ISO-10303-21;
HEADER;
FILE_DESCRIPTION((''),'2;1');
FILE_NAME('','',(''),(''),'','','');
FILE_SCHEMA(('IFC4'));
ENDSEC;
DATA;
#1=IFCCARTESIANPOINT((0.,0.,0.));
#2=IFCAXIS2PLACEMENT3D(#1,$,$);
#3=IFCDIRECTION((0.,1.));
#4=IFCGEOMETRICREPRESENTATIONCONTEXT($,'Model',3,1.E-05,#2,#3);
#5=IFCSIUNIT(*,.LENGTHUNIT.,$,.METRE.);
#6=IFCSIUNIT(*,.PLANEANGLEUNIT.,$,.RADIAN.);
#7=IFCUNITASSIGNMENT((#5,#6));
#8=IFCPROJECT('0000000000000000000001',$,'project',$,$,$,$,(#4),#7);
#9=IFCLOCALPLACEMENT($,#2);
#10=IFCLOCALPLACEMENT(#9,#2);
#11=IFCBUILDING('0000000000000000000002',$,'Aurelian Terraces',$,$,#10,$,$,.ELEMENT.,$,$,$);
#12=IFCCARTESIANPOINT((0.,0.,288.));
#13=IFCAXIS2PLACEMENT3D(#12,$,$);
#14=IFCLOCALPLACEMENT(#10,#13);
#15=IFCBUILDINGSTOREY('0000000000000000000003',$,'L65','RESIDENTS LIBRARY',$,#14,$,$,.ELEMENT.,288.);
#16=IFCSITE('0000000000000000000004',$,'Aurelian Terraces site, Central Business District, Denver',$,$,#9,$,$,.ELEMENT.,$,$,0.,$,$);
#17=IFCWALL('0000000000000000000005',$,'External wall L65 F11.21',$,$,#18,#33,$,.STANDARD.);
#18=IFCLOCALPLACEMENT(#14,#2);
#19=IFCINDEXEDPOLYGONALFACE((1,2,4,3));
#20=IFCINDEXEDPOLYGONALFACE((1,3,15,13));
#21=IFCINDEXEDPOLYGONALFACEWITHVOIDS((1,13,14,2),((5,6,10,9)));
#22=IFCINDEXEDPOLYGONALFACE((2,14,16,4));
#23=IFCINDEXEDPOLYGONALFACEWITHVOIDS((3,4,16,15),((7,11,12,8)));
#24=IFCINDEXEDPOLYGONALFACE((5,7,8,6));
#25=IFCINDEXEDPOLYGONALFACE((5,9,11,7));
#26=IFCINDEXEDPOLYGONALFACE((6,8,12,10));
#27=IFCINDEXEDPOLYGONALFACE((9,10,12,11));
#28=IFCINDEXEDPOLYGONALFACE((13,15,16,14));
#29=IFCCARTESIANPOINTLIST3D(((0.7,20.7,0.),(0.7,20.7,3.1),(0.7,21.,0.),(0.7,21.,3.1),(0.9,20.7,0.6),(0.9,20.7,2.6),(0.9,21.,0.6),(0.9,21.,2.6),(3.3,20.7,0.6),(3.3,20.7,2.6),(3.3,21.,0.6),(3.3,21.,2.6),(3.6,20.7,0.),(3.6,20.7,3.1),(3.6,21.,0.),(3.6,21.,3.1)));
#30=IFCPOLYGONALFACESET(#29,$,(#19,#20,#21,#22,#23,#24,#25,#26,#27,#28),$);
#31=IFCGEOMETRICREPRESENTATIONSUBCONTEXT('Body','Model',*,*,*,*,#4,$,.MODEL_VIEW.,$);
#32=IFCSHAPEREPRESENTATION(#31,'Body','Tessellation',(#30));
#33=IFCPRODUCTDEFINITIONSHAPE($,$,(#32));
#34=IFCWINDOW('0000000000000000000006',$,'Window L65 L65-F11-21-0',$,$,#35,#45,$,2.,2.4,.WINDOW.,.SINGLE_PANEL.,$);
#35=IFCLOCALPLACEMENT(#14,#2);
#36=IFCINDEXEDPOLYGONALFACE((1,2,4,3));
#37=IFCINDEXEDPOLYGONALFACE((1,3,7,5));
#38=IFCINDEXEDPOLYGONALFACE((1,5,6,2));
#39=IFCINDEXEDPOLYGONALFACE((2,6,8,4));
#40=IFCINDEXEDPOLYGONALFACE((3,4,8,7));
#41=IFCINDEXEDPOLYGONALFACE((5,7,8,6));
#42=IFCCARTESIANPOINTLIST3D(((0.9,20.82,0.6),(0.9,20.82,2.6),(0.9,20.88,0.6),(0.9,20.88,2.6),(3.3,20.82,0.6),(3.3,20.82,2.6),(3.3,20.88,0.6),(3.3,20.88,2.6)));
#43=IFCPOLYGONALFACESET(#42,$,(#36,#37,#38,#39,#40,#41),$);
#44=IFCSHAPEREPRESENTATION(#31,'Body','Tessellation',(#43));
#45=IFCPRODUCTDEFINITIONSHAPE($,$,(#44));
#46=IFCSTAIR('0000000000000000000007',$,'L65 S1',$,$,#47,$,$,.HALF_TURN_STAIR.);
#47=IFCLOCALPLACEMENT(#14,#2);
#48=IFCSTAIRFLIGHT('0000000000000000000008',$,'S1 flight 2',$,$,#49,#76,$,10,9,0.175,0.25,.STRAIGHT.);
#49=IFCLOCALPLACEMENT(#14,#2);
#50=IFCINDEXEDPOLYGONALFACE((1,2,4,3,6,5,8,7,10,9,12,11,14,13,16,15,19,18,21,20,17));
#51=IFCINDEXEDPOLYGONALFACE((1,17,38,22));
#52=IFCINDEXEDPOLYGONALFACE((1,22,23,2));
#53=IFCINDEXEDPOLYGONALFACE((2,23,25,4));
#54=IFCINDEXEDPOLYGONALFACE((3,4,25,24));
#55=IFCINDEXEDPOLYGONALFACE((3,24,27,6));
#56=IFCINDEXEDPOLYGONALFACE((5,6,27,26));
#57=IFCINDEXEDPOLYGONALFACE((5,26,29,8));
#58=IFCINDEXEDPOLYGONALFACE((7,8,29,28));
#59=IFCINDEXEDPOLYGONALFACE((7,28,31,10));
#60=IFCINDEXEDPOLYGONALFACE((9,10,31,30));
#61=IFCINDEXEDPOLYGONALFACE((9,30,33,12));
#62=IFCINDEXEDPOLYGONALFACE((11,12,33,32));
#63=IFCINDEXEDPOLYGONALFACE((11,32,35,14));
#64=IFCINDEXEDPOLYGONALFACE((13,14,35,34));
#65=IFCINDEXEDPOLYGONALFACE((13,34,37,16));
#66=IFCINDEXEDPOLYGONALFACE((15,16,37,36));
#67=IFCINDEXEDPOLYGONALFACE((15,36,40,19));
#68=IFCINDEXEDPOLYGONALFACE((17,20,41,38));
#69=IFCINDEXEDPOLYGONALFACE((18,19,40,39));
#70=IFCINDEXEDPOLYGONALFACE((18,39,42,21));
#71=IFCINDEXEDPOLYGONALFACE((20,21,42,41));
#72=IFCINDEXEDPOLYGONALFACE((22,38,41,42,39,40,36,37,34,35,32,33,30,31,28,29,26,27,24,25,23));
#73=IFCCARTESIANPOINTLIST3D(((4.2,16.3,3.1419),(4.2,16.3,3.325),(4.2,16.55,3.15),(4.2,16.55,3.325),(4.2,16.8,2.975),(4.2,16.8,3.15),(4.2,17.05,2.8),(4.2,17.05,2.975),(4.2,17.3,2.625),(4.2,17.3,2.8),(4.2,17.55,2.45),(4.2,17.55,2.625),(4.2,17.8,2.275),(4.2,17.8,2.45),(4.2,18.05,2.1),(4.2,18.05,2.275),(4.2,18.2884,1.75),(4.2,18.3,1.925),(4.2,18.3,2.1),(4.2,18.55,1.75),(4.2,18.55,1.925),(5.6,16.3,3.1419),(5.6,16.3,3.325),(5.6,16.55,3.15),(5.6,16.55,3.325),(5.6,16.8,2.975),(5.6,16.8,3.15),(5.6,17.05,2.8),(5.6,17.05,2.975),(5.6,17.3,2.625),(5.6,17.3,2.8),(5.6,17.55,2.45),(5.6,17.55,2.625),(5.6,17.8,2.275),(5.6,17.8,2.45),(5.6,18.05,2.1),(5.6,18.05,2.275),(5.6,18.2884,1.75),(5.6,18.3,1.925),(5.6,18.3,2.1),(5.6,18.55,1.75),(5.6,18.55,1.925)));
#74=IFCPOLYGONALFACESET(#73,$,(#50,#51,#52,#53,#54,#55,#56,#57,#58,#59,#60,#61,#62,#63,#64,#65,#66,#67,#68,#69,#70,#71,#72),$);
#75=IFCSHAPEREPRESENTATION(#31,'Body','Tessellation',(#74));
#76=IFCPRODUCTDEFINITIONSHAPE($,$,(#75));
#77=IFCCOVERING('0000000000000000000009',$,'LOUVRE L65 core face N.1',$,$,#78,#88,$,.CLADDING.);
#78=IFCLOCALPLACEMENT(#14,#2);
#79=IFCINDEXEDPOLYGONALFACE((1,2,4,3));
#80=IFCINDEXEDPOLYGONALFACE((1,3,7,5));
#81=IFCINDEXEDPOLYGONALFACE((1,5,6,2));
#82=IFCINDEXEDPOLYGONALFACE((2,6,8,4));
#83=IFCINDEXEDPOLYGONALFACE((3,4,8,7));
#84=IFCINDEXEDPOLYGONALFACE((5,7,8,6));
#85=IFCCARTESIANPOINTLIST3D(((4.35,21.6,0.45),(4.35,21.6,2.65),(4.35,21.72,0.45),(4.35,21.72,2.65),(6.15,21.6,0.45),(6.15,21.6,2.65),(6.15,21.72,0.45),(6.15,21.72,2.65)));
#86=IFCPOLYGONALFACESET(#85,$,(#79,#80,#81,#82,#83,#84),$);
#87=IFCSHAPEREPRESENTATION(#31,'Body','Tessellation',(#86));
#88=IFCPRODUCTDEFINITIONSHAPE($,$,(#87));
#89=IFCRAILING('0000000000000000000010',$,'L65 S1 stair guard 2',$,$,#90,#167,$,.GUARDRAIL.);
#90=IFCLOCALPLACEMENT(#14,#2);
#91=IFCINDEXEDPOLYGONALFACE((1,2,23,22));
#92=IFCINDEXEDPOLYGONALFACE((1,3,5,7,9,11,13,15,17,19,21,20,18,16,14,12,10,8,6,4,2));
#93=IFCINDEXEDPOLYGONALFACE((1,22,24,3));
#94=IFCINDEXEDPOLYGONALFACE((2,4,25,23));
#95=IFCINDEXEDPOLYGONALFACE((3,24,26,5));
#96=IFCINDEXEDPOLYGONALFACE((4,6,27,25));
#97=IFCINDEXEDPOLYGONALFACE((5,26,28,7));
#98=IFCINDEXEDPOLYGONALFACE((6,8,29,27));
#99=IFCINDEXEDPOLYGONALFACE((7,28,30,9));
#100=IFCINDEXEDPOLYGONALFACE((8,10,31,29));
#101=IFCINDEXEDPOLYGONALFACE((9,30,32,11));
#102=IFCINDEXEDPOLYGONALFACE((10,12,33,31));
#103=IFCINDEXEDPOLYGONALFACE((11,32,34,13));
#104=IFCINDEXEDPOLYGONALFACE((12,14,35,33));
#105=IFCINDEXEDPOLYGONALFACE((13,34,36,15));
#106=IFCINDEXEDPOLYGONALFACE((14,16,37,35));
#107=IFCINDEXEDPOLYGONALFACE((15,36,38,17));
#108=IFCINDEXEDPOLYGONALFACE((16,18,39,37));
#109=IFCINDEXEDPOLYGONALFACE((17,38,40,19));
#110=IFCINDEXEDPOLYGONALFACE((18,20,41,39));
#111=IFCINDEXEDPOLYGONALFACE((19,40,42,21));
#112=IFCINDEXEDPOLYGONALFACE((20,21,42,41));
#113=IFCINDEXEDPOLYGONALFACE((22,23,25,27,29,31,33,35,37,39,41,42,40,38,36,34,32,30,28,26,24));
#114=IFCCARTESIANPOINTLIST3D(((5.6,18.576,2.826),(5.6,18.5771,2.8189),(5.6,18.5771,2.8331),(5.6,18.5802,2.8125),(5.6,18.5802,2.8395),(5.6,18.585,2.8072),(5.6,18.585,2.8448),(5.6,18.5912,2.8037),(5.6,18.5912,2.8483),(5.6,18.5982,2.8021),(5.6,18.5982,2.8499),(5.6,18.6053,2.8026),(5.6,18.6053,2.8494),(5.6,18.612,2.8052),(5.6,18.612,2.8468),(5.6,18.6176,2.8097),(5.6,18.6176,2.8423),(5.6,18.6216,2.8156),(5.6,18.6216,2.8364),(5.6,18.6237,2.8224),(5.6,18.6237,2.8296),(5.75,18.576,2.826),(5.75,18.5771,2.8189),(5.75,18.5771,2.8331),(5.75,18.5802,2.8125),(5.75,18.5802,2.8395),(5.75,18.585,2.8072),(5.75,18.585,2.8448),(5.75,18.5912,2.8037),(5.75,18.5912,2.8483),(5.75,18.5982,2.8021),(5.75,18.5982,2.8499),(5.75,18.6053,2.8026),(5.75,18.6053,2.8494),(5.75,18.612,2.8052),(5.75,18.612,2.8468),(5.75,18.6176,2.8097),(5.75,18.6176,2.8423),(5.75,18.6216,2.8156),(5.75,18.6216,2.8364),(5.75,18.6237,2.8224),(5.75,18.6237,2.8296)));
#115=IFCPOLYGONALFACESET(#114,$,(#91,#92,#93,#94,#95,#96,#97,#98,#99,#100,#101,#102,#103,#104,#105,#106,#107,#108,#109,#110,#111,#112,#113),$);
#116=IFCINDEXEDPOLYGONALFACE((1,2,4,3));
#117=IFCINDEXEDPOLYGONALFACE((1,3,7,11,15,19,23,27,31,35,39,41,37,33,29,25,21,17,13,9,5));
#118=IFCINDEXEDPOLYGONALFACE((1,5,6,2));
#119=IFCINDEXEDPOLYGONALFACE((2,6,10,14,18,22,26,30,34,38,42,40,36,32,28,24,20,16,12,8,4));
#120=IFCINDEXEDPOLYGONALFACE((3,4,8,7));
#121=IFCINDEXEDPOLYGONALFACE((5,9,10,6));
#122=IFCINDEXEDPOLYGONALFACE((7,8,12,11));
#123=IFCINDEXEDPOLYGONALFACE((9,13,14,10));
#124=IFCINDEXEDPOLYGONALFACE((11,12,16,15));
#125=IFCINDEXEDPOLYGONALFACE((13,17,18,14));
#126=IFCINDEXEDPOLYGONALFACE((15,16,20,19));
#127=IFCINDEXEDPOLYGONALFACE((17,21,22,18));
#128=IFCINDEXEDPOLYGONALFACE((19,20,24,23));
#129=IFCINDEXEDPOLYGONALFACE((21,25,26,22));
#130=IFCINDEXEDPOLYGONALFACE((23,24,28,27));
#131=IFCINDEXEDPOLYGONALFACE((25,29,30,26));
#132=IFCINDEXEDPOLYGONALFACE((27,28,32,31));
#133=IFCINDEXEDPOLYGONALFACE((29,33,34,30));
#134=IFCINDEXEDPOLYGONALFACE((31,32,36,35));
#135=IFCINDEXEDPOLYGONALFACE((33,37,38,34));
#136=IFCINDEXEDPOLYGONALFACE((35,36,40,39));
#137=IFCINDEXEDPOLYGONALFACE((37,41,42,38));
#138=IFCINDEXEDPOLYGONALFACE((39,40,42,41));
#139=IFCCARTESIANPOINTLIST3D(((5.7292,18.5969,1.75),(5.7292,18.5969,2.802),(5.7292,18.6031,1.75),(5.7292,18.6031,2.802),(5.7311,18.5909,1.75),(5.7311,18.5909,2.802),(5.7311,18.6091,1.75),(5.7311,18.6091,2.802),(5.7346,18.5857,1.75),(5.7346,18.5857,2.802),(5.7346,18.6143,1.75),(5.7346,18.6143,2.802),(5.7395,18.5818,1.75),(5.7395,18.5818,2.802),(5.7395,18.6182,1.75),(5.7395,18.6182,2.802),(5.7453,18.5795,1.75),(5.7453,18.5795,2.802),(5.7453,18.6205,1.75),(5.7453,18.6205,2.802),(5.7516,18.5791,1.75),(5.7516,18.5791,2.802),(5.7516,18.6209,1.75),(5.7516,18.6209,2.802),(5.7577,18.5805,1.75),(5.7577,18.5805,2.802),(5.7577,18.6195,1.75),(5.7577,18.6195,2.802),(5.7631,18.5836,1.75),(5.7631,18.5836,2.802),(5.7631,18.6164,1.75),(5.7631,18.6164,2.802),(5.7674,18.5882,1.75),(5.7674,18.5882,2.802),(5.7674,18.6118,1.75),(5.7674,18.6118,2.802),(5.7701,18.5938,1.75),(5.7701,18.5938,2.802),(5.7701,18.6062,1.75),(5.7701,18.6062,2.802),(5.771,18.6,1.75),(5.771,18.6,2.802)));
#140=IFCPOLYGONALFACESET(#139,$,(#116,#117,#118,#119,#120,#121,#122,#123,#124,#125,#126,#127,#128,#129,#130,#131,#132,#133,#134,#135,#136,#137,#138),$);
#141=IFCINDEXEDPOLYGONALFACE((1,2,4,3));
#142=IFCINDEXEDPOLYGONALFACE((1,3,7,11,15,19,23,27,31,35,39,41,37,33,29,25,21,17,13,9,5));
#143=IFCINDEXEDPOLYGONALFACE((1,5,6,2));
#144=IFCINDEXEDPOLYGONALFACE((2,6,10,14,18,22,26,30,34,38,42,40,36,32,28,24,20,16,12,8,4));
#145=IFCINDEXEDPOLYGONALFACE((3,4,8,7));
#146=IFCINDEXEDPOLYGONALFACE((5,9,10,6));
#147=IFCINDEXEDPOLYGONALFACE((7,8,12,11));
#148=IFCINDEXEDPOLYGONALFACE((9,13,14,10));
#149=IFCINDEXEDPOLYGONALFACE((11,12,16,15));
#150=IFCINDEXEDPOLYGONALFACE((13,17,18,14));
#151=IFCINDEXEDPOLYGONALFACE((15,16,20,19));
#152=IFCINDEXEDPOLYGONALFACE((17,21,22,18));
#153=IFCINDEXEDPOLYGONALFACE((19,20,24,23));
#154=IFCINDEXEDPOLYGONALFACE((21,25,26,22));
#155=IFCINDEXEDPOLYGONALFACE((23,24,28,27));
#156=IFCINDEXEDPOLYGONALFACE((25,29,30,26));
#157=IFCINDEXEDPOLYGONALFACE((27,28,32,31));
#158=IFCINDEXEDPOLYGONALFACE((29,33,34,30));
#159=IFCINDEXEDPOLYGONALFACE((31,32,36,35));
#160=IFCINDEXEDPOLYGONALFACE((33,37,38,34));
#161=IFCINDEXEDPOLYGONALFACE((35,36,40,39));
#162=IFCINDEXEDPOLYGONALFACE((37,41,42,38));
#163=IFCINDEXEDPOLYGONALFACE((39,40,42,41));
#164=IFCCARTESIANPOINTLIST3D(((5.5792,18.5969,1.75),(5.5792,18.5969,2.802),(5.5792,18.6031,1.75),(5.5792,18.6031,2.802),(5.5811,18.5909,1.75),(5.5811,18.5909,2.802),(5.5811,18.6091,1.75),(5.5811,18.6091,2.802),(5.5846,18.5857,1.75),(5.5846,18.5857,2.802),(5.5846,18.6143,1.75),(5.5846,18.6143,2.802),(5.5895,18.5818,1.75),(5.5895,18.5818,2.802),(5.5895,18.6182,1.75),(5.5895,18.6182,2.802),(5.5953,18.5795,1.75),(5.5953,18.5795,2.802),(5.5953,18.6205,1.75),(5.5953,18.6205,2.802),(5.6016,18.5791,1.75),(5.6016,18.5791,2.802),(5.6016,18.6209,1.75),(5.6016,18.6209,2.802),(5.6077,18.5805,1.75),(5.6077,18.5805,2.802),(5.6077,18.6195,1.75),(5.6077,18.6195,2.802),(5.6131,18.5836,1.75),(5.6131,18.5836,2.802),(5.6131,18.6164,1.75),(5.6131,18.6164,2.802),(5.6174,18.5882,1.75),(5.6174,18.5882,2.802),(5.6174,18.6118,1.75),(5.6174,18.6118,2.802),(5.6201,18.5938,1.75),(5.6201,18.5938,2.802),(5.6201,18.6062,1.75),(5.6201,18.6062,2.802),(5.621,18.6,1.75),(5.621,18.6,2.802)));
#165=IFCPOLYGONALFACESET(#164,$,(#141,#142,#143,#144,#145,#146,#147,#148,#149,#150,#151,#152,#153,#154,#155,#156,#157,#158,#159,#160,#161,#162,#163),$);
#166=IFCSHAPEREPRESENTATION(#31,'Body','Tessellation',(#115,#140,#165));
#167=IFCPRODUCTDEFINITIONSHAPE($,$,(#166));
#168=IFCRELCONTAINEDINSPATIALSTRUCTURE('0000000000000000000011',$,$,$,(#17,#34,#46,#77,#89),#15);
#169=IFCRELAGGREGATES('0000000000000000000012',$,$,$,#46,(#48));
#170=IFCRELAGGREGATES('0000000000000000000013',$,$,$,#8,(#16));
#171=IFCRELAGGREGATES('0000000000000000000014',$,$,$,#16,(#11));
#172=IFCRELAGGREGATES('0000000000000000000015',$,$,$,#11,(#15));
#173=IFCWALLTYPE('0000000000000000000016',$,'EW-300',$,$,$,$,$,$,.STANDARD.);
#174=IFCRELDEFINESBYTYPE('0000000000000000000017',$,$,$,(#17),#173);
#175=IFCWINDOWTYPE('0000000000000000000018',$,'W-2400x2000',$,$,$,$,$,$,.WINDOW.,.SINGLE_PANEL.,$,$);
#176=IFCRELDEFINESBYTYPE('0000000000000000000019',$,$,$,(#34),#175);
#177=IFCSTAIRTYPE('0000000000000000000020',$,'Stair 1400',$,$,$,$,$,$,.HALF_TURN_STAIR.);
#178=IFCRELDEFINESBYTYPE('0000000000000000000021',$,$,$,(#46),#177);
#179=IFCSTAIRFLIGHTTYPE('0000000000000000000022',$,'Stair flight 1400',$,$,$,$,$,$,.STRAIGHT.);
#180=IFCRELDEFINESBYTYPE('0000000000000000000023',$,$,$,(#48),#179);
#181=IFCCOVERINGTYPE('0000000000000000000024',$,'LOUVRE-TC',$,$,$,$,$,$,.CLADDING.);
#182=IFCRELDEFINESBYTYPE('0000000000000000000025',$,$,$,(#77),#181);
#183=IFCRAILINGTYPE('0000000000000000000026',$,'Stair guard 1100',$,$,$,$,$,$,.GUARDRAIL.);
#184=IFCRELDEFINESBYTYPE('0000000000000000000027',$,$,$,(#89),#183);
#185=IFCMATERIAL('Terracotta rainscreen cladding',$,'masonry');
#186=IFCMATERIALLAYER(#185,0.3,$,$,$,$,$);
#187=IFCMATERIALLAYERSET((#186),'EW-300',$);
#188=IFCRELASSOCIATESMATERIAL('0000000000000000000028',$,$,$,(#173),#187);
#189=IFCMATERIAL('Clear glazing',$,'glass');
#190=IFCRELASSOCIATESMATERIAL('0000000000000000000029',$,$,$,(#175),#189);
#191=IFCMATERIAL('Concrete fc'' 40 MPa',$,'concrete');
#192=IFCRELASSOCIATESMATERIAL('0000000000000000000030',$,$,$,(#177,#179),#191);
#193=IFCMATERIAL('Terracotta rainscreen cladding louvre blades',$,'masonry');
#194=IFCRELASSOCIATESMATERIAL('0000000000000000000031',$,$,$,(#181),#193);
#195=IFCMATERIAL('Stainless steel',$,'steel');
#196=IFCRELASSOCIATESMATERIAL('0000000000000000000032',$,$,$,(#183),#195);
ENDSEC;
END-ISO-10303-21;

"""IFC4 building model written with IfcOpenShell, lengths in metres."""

from ifc_helpers import new_model, si_unit, direction, frame, frame_2d, origin, origin_2d, place, context, subcontext, project, spatial, polyline, rectangle, circle, outline, extrude, source, transform, mapped, material, layer, layer_set, type_object, element, fill, aggregate, save


model = new_model("IFC4")

# Units and contexts
model_context = context("Model", 3, precision=1e-05, world=origin(), true_north=direction((0.0, 1.0)))
body_context = subcontext(model_context, "Body", "Model", "MODEL_VIEW")
ifc_project = project(units=[si_unit("LENGTHUNIT", "METRE"), si_unit("PLANEANGLEUNIT", "RADIAN")], contexts=[model_context])

# Site, building, storey
site_placement = place(None, origin())
site = spatial("IfcSite", under=ifc_project, at=site_placement, Name="Aurelian Terraces site, Central Business District, Denver", CompositionType="ELEMENT", RefElevation=0.0)
building_placement = place(site_placement, origin())
building = spatial("IfcBuilding", under=site, at=building_placement, Name="Aurelian Terraces", CompositionType="ELEMENT")
storey_placement = place(building_placement, frame((0.0, 0.0, 288.0)))
storey = spatial("IfcBuildingStorey", under=building, at=storey_placement, Name="L65", Description="RESIDENTS LIBRARY", CompositionType="ELEMENT", Elevation=288.0)

# Shared definitions
ifc_material_1 = material(Name="Terracotta rainscreen cladding", Category="masonry")
ifc_layer_1 = layer(ifc_material_1, 0.3)
ifc_layer_set_1 = layer_set([ifc_layer_1], Name="EW-300")
wall_type_1 = type_object("IfcWallType", Name="EW-300", PredefinedType="STANDARD", material=ifc_layer_set_1)
ifc_material_2 = material(Name="Clear glazing", Category="glass")

# Wall, opening, window
shared_shape_1 = source(origin(), body_context, "Body", "SweptSolid", [
    extrude(rectangle(XDim=2.9, YDim=0.3, at=frame_2d((1.45, 0.0))), origin(), (0.0, 0.0, 1.0), 3.1),
])
wall_1_placement = place(storey_placement, frame((3.6, 20.85, 0.0), z_axis=(0.0, 0.0, 1.0), x_axis=(-1.0, 0.0, 0.0)))
wall_1 = element("IfcWall", 1, at=wall_1_placement, inside=storey, type_object=wall_type_1, Name="External wall L65 F11.21", PredefinedType="STANDARD", context=body_context, shape_type="MappedRepresentation", body=[
    mapped(shared_shape_1, transform((0.0, 0.0, 0.0), scale=1.0)),
])
shared_shape_2 = source(origin(), body_context, "Body", "SweptSolid", [
    extrude(rectangle(XDim=2.4, YDim=2.0, at=frame_2d((1.2, 1.0))), frame((0.0, 0.16, 0.0), z_axis=(0.0, -1.0, 0.0), x_axis=(1.0, 0.0, 0.0)), (0.0, 0.0, 1.0), 0.32),
])
opening_1_placement = place(wall_1_placement, frame((0.3, 0.0, 0.6)))
opening_1 = element("IfcOpeningElement", 2, at=opening_1_placement, cuts=wall_1, PredefinedType="OPENING", context=body_context, shape_type="MappedRepresentation", body=[
    mapped(shared_shape_2, transform((0.0, 0.0, 0.0), scale=1.0)),
])
window_type_1 = type_object("IfcWindowType", Name="W-2400x2000", PartitioningType="SINGLE_PANEL", PredefinedType="WINDOW", material=ifc_material_2)
shared_shape_3 = source(origin(), body_context, "Body", "SweptSolid", [
    extrude(rectangle(XDim=2.4, YDim=2.0, at=frame_2d((1.2, 1.0))), frame((0.0, 0.03, 0.0), z_axis=(0.0, -1.0, 0.0), x_axis=(1.0, 0.0, 0.0)), (0.0, 0.0, 1.0), 0.06),
])
window_1_placement = place(opening_1_placement, origin())
window_1 = element("IfcWindow", 3, at=window_1_placement, inside=storey, type_object=window_type_1, Name="Window L65 L65-F11-21-0", OverallHeight=2.0, OverallWidth=2.4, PartitioningType="SINGLE_PANEL", PredefinedType="WINDOW", context=body_context, shape_type="MappedRepresentation", body=[
    mapped(shared_shape_3, transform((0.0, 0.0, 0.0), scale=1.0)),
])
fill(opening_1, window_1)

# Stair, stair flight
ifc_material_3 = material(Name="Concrete fc' 40 MPa", Category="concrete")
stair_type = type_object("IfcStairType", Name="Stair 1400", PredefinedType="HALF_TURN_STAIR", material=ifc_material_3)
stair_placement = place(storey_placement, origin())
stair = element("IfcStair", 4, at=stair_placement, inside=storey, type_object=stair_type, Name="L65 S1", PredefinedType="HALF_TURN_STAIR")
stair_flight_type = type_object("IfcStairFlightType", Name="Stair flight 1400", PredefinedType="STRAIGHT", material=ifc_material_3)
shared_shape_4 = source(origin(), body_context, "Body", "SweptSolid", [
    extrude(outline(polyline([(0.0, 0.0), (0.0, 0.175), (0.25, 0.175), (0.25, 0.35), (0.5, 0.35), (0.5, 0.525), (0.75, 0.525), (0.75, 0.7), (1.0, 0.7), (1.0, 0.875), (1.25, 0.875), (1.25, 1.05), (1.5, 1.05), (1.5, 1.225), (1.75, 1.225), (1.75, 1.4), (2.0, 1.4), (2.0, 1.575), (2.25, 1.575), (2.25, 1.75), (2.25, 1.3919), (0.2616, 0.0), (0.0, 0.0)])), frame((0.0, 0.7, 0.0), z_axis=(0.0, -1.0, 0.0), x_axis=(1.0, 0.0, 0.0)), (0.0, 0.0, 1.0), 1.4),
])
stair_flight_placement = place(storey_placement, frame((4.9, 18.55, 1.75), z_axis=(0.0, 0.0, 1.0), x_axis=(0.0, -1.0, 0.0)))
stair_flight = element("IfcStairFlight", 5, at=stair_flight_placement, type_object=stair_flight_type, Name="S1 flight 2", NumberOfRisers=10, NumberOfTreads=9, PredefinedType="STRAIGHT", RiserHeight=0.175, TreadLength=0.25, context=body_context, shape_type="MappedRepresentation", body=[
    mapped(shared_shape_4, transform((0.0, 0.0, 0.0), scale=1.0)),
])
aggregate(stair, [stair_flight])

# Covering
ifc_material_4 = material(Name="Terracotta rainscreen cladding louvre blades", Category="masonry")
covering_type_1 = type_object("IfcCoveringType", Name="LOUVRE-TC", PredefinedType="CLADDING", material=ifc_material_4)
shared_shape_5 = source(origin(), body_context, "Body", "SweptSolid", [
    extrude(rectangle(XDim=1.8, YDim=0.12, at=origin_2d()), origin(), (0.0, 0.0, 1.0), 2.2),
])
covering_1_placement = place(storey_placement, frame((5.25, 21.66, 0.45), z_axis=(0.0, 0.0, 1.0), x_axis=(1.0, 0.0, 0.0)))
element("IfcCovering", 6, at=covering_1_placement, inside=storey, type_object=covering_type_1, Name="LOUVRE L65 core face N.1", PredefinedType="CLADDING", context=body_context, shape_type="MappedRepresentation", body=[
    mapped(shared_shape_5, transform((0.0, 0.0, 0.0), scale=1.0)),
])

# Railing
ifc_material_5 = material(Name="Stainless steel", Category="steel")
railing_type_1 = type_object("IfcRailingType", Name="Stair guard 1100", PredefinedType="GUARDRAIL", material=ifc_material_5)
shared_shape_6 = source(origin(), body_context, "Body", "SweptSolid", [
    extrude(circle(Radius=0.024, at=origin_2d()), frame((0.0, 0.0, 1.076), z_axis=(-1.0, 0.0, 0.0), x_axis=(0.0, -1.0, 0.0)), (0.0, 0.0, 1.0), 0.15),
    extrude(circle(Radius=0.021, at=origin_2d()), origin(), (0.0, 0.0, 1.0), 1.052),
    extrude(circle(Radius=0.021, at=origin_2d()), frame((-0.15, 0.0, 0.0)), (0.0, 0.0, 1.0), 1.052),
])
railing_1_placement = place(storey_placement, frame((5.75, 18.6, 1.75)))
element("IfcRailing", 7, at=railing_1_placement, inside=storey, type_object=railing_type_1, Name="L65 S1 stair guard 2", PredefinedType="GUARDRAIL", context=body_context, shape_type="MappedRepresentation", body=[
    mapped(shared_shape_6, transform((0.0, 0.0, 0.0), scale=1.0)),
])

save(model, "model.ifc")
